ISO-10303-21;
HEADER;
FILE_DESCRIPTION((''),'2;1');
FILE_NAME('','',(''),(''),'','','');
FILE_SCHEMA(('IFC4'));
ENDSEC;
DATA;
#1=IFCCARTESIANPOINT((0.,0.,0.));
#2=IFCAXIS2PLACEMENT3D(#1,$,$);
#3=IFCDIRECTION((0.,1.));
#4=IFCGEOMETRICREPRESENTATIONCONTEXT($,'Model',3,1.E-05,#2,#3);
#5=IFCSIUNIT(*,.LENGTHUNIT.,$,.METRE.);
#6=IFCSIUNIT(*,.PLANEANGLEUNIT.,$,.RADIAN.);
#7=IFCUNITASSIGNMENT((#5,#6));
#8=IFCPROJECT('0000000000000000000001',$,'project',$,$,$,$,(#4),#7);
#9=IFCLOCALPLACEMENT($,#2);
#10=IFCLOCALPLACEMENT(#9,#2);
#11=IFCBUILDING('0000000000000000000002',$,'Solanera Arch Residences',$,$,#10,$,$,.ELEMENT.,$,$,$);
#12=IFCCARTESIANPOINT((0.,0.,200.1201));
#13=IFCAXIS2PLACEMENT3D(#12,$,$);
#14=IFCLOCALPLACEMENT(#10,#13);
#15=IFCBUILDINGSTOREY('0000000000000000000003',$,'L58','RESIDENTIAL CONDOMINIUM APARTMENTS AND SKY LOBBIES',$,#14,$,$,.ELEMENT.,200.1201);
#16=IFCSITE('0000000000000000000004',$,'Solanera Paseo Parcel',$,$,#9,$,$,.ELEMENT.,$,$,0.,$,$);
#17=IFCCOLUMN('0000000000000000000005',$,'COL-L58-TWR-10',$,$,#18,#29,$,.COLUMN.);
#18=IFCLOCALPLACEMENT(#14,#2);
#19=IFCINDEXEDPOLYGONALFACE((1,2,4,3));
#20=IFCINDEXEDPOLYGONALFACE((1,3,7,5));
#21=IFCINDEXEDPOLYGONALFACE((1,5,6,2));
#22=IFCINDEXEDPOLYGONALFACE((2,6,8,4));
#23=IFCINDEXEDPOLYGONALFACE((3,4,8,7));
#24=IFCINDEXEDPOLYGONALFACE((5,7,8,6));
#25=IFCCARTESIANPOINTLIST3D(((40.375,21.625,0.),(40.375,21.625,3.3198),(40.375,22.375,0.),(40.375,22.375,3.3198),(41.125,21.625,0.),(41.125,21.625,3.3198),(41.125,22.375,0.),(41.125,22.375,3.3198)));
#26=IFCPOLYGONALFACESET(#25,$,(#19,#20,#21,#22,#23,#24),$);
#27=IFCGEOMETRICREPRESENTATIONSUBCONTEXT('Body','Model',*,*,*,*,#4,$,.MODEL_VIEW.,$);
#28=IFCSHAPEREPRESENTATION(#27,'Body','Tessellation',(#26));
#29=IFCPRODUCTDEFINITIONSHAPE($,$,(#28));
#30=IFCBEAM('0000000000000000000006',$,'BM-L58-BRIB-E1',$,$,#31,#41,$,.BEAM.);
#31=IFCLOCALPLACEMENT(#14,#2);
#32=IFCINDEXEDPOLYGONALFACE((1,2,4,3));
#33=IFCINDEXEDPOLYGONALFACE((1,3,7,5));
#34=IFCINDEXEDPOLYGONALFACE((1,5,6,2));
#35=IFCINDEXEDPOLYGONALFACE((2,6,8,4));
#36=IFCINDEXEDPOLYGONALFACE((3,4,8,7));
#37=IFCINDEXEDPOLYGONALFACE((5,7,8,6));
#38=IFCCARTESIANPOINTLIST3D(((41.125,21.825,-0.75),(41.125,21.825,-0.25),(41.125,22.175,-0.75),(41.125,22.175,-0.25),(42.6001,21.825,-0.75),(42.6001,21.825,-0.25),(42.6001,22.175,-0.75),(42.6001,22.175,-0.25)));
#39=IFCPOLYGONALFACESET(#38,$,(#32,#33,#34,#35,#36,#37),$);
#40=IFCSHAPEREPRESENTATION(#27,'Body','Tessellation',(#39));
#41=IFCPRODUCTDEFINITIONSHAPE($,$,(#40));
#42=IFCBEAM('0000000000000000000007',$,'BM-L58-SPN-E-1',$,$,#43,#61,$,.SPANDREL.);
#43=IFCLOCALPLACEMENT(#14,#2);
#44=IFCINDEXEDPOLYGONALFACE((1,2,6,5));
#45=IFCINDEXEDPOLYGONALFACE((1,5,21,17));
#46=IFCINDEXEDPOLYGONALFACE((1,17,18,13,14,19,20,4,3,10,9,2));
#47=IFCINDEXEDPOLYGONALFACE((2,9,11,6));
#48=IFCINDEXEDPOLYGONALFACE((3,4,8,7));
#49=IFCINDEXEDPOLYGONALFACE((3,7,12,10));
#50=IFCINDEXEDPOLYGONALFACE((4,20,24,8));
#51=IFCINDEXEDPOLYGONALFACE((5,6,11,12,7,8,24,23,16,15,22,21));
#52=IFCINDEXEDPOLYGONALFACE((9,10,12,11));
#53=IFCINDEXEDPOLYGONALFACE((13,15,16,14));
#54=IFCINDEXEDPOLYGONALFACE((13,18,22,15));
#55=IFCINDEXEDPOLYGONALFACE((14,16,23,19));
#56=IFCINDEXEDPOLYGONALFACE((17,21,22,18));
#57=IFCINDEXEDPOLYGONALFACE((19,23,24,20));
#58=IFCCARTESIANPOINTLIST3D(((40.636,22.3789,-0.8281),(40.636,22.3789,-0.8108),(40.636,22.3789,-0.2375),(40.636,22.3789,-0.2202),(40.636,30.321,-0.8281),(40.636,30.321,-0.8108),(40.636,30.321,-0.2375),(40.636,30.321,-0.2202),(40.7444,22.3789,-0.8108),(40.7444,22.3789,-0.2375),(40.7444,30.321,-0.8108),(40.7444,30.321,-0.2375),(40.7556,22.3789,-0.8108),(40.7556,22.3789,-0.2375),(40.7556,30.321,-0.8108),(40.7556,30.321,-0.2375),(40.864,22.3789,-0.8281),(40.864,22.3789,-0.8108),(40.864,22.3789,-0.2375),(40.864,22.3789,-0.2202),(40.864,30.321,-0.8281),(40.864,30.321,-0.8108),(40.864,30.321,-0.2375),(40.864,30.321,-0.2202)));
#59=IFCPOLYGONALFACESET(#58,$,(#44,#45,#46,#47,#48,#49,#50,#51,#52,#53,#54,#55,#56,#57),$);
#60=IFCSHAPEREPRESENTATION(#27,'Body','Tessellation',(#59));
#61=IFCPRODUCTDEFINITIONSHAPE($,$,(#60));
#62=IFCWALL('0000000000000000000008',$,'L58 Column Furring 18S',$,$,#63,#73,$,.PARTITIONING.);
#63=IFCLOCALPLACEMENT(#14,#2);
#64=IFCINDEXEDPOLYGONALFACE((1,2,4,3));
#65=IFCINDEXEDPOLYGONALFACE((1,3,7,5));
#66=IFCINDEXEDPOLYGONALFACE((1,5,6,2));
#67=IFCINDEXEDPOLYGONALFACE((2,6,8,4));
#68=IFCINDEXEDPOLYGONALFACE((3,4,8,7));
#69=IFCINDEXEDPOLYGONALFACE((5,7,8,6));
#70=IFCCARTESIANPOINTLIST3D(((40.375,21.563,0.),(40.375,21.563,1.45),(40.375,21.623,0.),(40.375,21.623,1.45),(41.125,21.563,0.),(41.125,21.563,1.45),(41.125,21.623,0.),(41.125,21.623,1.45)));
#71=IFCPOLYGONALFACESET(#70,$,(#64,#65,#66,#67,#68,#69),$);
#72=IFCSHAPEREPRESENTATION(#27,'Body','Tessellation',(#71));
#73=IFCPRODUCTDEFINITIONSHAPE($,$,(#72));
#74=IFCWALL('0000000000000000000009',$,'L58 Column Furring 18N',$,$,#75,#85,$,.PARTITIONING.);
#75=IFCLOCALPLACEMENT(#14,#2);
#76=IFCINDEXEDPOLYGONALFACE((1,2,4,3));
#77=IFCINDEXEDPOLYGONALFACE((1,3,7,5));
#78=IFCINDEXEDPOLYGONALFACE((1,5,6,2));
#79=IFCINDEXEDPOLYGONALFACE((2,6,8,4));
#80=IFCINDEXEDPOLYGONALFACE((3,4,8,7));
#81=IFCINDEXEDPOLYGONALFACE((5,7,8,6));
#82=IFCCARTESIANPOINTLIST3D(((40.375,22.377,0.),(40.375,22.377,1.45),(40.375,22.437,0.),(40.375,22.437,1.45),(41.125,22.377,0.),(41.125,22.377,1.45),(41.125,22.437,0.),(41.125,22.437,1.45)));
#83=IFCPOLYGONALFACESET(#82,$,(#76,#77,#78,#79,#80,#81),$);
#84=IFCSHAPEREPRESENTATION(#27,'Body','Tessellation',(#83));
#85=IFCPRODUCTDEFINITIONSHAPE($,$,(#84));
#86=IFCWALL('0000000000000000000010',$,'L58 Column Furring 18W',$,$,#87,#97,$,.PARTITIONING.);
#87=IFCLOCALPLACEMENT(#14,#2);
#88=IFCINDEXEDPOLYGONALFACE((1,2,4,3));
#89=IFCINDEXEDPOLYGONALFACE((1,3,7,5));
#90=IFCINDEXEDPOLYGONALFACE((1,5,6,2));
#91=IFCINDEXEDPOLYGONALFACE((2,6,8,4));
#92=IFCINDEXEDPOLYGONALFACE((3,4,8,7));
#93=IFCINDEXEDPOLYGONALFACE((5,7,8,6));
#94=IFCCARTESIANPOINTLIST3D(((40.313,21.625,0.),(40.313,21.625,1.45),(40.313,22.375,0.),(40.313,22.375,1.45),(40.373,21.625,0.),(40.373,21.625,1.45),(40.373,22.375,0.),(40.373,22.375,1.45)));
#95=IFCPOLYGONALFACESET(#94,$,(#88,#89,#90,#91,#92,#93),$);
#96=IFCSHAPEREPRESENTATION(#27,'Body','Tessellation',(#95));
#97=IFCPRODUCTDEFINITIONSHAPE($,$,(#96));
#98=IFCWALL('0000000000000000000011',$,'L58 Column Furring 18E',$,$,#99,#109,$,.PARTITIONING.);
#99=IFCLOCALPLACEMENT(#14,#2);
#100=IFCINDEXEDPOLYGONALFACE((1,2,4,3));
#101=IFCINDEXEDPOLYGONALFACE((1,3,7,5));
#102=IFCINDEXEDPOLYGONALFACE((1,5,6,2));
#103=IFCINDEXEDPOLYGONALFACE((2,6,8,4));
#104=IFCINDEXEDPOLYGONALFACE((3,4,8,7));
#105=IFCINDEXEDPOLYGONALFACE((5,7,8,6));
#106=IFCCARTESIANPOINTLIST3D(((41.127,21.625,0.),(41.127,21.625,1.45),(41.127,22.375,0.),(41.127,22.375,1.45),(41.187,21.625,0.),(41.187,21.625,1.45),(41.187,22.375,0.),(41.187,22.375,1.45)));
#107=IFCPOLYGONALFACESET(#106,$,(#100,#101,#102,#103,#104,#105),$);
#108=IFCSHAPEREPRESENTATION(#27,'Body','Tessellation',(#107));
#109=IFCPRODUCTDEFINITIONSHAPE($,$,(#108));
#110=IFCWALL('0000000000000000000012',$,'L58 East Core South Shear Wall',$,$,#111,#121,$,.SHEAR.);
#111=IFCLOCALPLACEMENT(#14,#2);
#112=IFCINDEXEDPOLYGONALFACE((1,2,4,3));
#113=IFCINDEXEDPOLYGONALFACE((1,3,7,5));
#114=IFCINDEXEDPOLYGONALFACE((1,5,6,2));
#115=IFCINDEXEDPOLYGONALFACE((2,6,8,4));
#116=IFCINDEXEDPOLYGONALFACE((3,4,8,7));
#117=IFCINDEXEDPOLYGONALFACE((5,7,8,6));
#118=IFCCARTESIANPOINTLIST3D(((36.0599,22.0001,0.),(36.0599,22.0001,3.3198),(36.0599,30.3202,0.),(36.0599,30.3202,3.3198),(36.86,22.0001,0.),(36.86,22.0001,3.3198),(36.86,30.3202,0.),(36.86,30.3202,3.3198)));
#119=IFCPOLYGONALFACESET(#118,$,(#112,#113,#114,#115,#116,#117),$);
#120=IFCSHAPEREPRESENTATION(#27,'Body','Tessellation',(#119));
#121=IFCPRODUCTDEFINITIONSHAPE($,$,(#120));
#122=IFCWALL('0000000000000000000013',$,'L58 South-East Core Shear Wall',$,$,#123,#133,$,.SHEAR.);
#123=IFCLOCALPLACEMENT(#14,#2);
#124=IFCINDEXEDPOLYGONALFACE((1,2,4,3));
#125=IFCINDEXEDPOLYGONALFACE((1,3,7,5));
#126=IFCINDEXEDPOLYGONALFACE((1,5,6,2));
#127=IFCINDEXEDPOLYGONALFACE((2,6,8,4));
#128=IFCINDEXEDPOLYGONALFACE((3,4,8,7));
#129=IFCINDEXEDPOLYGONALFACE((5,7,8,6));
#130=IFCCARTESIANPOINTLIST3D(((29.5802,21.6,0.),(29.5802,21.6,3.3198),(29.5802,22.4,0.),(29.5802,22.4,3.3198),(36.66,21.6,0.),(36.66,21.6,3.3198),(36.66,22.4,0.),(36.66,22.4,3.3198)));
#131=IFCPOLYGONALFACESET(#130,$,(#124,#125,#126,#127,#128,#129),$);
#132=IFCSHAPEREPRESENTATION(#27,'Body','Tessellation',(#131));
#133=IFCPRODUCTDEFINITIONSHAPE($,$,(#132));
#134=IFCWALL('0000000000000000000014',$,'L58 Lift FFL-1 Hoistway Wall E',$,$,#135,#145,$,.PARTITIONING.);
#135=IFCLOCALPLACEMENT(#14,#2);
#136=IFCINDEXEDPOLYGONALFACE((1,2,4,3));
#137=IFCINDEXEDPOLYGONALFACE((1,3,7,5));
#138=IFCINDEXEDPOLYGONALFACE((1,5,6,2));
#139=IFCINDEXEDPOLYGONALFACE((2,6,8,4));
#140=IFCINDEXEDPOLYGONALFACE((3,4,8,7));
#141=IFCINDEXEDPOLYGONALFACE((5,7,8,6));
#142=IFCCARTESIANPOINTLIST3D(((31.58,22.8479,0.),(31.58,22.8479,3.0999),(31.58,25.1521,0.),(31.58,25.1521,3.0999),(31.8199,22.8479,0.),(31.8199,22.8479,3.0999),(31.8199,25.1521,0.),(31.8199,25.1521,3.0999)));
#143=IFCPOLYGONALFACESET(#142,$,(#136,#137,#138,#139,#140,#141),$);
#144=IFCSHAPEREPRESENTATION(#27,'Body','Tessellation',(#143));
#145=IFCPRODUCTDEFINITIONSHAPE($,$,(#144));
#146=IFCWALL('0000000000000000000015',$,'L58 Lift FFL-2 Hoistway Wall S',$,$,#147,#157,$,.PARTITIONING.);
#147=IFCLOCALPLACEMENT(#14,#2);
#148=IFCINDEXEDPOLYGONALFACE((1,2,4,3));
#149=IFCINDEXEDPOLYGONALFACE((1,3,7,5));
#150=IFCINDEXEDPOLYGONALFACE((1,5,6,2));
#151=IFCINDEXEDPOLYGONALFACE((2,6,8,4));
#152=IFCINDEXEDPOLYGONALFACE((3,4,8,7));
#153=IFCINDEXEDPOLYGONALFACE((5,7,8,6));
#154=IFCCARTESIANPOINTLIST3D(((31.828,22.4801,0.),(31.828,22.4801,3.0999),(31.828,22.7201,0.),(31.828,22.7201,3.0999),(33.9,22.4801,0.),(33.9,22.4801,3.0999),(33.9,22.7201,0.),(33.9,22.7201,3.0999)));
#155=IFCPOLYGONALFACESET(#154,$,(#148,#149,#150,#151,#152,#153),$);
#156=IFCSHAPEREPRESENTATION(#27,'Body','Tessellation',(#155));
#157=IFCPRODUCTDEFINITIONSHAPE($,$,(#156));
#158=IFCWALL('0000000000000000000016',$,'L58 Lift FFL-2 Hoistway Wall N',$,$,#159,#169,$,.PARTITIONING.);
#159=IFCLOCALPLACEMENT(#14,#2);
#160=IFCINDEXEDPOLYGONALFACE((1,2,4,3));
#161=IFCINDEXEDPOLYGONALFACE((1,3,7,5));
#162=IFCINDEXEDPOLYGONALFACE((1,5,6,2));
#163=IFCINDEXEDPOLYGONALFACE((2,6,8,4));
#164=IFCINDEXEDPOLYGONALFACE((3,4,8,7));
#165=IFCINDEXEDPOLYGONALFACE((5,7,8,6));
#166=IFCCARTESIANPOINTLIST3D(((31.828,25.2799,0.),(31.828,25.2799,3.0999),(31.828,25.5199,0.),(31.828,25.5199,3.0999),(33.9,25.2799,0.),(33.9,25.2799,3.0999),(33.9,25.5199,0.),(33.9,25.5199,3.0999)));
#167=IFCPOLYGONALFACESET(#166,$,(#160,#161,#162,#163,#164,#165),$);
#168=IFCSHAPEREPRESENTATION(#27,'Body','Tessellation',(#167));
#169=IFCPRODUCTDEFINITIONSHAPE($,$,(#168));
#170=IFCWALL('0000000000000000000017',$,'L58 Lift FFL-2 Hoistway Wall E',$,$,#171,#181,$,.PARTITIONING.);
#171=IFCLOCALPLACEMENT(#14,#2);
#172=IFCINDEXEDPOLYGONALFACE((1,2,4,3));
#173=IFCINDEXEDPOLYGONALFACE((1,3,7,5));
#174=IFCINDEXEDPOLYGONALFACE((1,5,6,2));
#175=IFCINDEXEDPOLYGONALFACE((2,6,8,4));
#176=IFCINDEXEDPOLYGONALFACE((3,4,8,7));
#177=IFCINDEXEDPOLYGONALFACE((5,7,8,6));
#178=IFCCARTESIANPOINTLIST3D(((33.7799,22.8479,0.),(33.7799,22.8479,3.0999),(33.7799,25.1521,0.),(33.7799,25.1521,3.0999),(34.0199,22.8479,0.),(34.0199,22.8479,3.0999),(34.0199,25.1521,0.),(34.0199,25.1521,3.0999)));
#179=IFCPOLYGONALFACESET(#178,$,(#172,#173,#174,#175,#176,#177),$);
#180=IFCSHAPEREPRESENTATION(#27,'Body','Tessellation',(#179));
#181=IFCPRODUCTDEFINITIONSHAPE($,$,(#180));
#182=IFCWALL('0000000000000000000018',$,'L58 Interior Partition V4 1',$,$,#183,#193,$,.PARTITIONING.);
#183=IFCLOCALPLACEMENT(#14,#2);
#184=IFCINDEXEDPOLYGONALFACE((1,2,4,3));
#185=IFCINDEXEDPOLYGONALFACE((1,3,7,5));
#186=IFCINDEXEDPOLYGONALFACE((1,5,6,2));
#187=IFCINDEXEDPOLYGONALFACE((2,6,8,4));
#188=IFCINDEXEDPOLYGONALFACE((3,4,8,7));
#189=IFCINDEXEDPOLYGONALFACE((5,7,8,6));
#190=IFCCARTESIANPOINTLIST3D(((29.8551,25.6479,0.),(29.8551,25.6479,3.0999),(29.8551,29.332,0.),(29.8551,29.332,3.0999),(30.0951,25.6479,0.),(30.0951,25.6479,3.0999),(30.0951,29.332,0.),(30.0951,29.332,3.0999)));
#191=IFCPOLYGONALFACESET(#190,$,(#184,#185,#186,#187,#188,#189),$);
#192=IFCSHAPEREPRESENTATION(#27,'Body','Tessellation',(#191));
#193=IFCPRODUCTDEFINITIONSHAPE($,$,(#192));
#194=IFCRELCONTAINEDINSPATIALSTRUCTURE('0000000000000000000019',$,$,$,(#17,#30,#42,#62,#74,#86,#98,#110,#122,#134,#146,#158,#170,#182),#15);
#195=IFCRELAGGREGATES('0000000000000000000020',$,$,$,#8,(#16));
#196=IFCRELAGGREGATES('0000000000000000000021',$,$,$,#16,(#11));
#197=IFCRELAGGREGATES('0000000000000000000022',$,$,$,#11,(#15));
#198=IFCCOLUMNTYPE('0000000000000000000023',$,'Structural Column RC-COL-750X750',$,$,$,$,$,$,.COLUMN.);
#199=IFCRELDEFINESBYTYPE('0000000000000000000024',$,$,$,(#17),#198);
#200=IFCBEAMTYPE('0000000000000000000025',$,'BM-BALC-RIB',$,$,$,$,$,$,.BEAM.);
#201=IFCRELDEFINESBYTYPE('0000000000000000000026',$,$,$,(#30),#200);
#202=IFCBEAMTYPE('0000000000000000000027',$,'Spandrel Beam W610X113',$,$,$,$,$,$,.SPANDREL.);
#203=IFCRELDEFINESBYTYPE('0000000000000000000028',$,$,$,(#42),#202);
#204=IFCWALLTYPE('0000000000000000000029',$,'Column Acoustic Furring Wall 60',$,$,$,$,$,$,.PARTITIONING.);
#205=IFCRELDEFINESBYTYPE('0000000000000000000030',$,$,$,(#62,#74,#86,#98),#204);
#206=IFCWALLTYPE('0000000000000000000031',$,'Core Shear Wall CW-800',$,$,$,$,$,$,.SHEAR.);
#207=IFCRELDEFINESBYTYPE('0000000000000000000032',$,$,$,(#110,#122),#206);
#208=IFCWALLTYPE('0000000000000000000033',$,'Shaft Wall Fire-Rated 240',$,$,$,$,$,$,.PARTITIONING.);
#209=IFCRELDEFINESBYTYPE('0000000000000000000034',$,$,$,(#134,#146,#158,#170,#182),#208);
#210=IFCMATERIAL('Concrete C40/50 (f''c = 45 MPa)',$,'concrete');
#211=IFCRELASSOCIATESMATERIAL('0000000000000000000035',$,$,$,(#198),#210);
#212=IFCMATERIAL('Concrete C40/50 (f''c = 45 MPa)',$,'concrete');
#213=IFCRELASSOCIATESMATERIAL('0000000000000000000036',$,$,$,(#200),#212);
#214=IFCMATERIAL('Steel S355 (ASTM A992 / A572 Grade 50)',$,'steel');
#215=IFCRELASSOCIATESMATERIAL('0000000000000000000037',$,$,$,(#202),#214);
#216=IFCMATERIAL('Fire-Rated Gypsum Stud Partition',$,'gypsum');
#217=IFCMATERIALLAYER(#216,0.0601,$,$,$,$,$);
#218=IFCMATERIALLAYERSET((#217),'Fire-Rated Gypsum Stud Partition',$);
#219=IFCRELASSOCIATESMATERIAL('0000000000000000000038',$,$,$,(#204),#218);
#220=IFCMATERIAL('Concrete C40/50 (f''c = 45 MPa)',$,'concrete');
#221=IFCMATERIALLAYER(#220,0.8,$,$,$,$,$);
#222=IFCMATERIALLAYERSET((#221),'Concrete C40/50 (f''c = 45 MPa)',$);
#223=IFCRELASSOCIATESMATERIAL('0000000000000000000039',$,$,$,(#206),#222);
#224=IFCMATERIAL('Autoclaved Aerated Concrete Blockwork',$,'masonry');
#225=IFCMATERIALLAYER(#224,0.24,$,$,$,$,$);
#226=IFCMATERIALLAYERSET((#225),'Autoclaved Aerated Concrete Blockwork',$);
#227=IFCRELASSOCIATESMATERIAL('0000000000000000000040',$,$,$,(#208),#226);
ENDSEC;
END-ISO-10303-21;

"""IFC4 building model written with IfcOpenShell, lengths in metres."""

from ifc_helpers import new_model, si_unit, direction, frame, frame_2d, origin, origin_2d, place, context, subcontext, project, spatial, rectangle, i_section, extrude, material, layer, layer_set, material_profile, profile_set, type_object, element, save


model = new_model("IFC4")

# Units and contexts
model_context = context("Model", 3, precision=1e-05, world=origin(), true_north=direction((0.0, 1.0)))
body_context = subcontext(model_context, "Body", "Model", "MODEL_VIEW")
ifc_project = project(units=[si_unit("LENGTHUNIT", "METRE"), si_unit("PLANEANGLEUNIT", "RADIAN")], contexts=[model_context])

# Site, building, storey
site_placement = place(None, origin())
site = spatial("IfcSite", under=ifc_project, at=site_placement, Name="Solanera Paseo Parcel", CompositionType="ELEMENT", RefElevation=0.0)
building_placement = place(site_placement, origin())
building = spatial("IfcBuilding", under=site, at=building_placement, Name="Solanera Arch Residences", CompositionType="ELEMENT")
storey_placement = place(building_placement, frame((0.0, 0.0, 200.1201)))
storey = spatial("IfcBuildingStorey", under=building, at=storey_placement, Name="L58", Description="RESIDENTIAL CONDOMINIUM APARTMENTS AND SKY LOBBIES", CompositionType="ELEMENT", Elevation=200.1201)

# Column
ifc_material_1 = material(Name="Concrete C40/50 (f'c = 45 MPa)", Category="concrete")
ifc_material_profile_1 = material_profile(ifc_material_1, rectangle(XDim=0.75, YDim=0.75, at=origin_2d()))
ifc_profile_set_1 = profile_set([ifc_material_profile_1], Name="Concrete C40/50 (f'c = 45 MPa)")
column_type = type_object("IfcColumnType", Name="Structural Column RC-COL-750X750", PredefinedType="COLUMN", material=ifc_profile_set_1)
column_placement = place(storey_placement, frame((40.75, 22.0, 0.0), z_axis=(0.0, 0.0, 1.0), x_axis=(1.0, 0.0, 0.0)))
element("IfcColumn", 1, at=column_placement, inside=storey, type_object=column_type, Name="COL-L58-TWR-10", PredefinedType="COLUMN", context=body_context, shape_type="SweptSolid", body=[
    extrude(rectangle(XDim=0.75, YDim=0.75, at=origin_2d()), origin(), (0.0, 0.0, 1.0), 3.3198),
])

# Beams
ifc_material_2 = material(Name="Concrete C40/50 (f'c = 45 MPa)", Category="concrete")
ifc_material_profile_2 = material_profile(ifc_material_2, rectangle(XDim=0.3501, YDim=0.5, at=origin_2d()))
ifc_profile_set_2 = profile_set([ifc_material_profile_2], Name="Concrete C40/50 (f'c = 45 MPa)")
beam_type_1 = type_object("IfcBeamType", Name="BM-BALC-RIB", PredefinedType="BEAM", material=ifc_profile_set_2)
beam_1_placement = place(storey_placement, frame((41.125, 22.0, -0.5), z_axis=(1.0, 0.0, 0.0), x_axis=(0.0, 1.0, 0.0)))
element("IfcBeam", 2, at=beam_1_placement, inside=storey, type_object=beam_type_1, Name="BM-L58-BRIB-E1", PredefinedType="BEAM", context=body_context, shape_type="SweptSolid", body=[
    extrude(rectangle(XDim=0.3501, YDim=0.5, at=origin_2d()), origin(), (0.0, 0.0, 1.0), 1.4751),
])
ifc_material_3 = material(Name="Steel S355 (ASTM A992 / A572 Grade 50)", Category="steel")
ifc_material_profile_3 = material_profile(ifc_material_3, i_section(OverallWidth=0.228, OverallDepth=0.6079, WebThickness=0.0112, FlangeThickness=0.0173, at=origin_2d()))
ifc_profile_set_3 = profile_set([ifc_material_profile_3], Name="Steel S355 (ASTM A992 / A572 Grade 50)")
beam_type_2 = type_object("IfcBeamType", Name="Spandrel Beam W610X113", PredefinedType="SPANDREL", material=ifc_profile_set_3)
beam_2_placement = place(storey_placement, frame((40.75, 22.3789, -0.5242), z_axis=(0.0, 1.0, 0.0), x_axis=(-1.0, 0.0, 0.0)))
element("IfcBeam", 3, at=beam_2_placement, inside=storey, type_object=beam_type_2, Name="BM-L58-SPN-E-1", PredefinedType="SPANDREL", context=body_context, shape_type="SweptSolid", body=[
    extrude(i_section(OverallWidth=0.228, OverallDepth=0.6079, WebThickness=0.0112, FlangeThickness=0.0173, at=origin_2d()), origin(), (0.0, 0.0, 1.0), 7.9421),
])

# Walls
ifc_material_4 = material(Name="Fire-Rated Gypsum Stud Partition", Category="gypsum")
ifc_layer_1 = layer(ifc_material_4, 0.0601)
ifc_layer_set_1 = layer_set([ifc_layer_1], Name="Fire-Rated Gypsum Stud Partition")
wall_type_1 = type_object("IfcWallType", Name="Column Acoustic Furring Wall 60", PredefinedType="PARTITIONING", material=ifc_layer_set_1)
for number, where, z_axis, x_axis, name in (
    (4, (40.375, 21.593, 0.0), (0.0, 0.0, 1.0), (1.0, 0.0, 0.0), "L58 Column Furring 18S"),
    (5, (40.375, 22.407, 0.0), (0.0, 0.0, 1.0), (1.0, 0.0, 0.0), "L58 Column Furring 18N"),
    (6, (40.343, 21.625, 0.0), (0.0, 0.0, 1.0), (0.0, 1.0, 0.0), "L58 Column Furring 18W"),
    (7, (41.157, 21.625, 0.0), (0.0, 0.0, 1.0), (0.0, 1.0, 0.0), "L58 Column Furring 18E"),
):
    element("IfcWall", number, at=place(storey_placement, frame(where, z_axis=z_axis, x_axis=x_axis)), inside=storey, type_object=wall_type_1, Name=name, PredefinedType="PARTITIONING", context=body_context, shape_type="SweptSolid", body=[
        extrude(rectangle(XDim=0.75, YDim=0.0601, at=frame_2d((0.375, 0.0))), origin(), (0.0, 0.0, 1.0), 1.45),
    ])
ifc_material_5 = material(Name="Concrete C40/50 (f'c = 45 MPa)", Category="concrete")
ifc_layer_2 = layer(ifc_material_5, 0.8)
ifc_layer_set_2 = layer_set([ifc_layer_2], Name="Concrete C40/50 (f'c = 45 MPa)")
wall_type_2 = type_object("IfcWallType", Name="Core Shear Wall CW-800", PredefinedType="SHEAR", material=ifc_layer_set_2)
wall_1_placement = place(storey_placement, frame((36.46, 22.0, 0.0), z_axis=(0.0, 0.0, 1.0), x_axis=(0.0, 1.0, 0.0)))
element("IfcWall", 8, at=wall_1_placement, inside=storey, type_object=wall_type_2, Name="L58 East Core South Shear Wall", PredefinedType="SHEAR", context=body_context, shape_type="SweptSolid", body=[
    extrude(rectangle(XDim=8.3201, YDim=0.8, at=frame_2d((4.1602, 0.0))), origin(), (0.0, 0.0, 1.0), 3.3198),
])
wall_2_placement = place(storey_placement, frame((29.5801, 22.0, 0.0), z_axis=(0.0, 0.0, 1.0), x_axis=(1.0, 0.0, 0.0)))
element("IfcWall", 9, at=wall_2_placement, inside=storey, type_object=wall_type_2, Name="L58 South-East Core Shear Wall", PredefinedType="SHEAR", context=body_context, shape_type="SweptSolid", body=[
    extrude(rectangle(XDim=7.0798, YDim=0.8, at=frame_2d((3.54, 0.0))), origin(), (0.0, 0.0, 1.0), 3.3198),
])
ifc_material_6 = material(Name="Autoclaved Aerated Concrete Blockwork", Category="masonry")
ifc_layer_3 = layer(ifc_material_6, 0.24)
ifc_layer_set_3 = layer_set([ifc_layer_3], Name="Autoclaved Aerated Concrete Blockwork")
wall_type_3 = type_object("IfcWallType", Name="Shaft Wall Fire-Rated 240", PredefinedType="PARTITIONING", material=ifc_layer_set_3)
wall_3_placement = place(storey_placement, frame((31.7, 22.8479, 0.0), z_axis=(0.0, 0.0, 1.0), x_axis=(0.0, 1.0, 0.0)))
element("IfcWall", 10, at=wall_3_placement, inside=storey, type_object=wall_type_3, Name="L58 Lift FFL-1 Hoistway Wall E", PredefinedType="PARTITIONING", context=body_context, shape_type="SweptSolid", body=[
    extrude(rectangle(XDim=2.3042, YDim=0.24, at=frame_2d((1.1521, 0.0))), origin(), (0.0, 0.0, 1.0), 3.0999),
])
for number, where, z_axis, x_axis, name in (
    (11, (31.8279, 22.6001, 0.0), (0.0, 0.0, 1.0), (1.0, 0.0, 0.0), "L58 Lift FFL-2 Hoistway Wall S"),
    (12, (31.8279, 25.3999, 0.0), (0.0, 0.0, 1.0), (1.0, 0.0, 0.0), "L58 Lift FFL-2 Hoistway Wall N"),
):
    element("IfcWall", number, at=place(storey_placement, frame(where, z_axis=z_axis, x_axis=x_axis)), inside=storey, type_object=wall_type_3, Name=name, PredefinedType="PARTITIONING", context=body_context, shape_type="SweptSolid", body=[
        extrude(rectangle(XDim=2.072, YDim=0.24, at=frame_2d((1.0361, 0.0))), origin(), (0.0, 0.0, 1.0), 3.0999),
    ])
wall_4_placement = place(storey_placement, frame((33.8999, 22.8479, 0.0), z_axis=(0.0, 0.0, 1.0), x_axis=(0.0, 1.0, 0.0)))
element("IfcWall", 13, at=wall_4_placement, inside=storey, type_object=wall_type_3, Name="L58 Lift FFL-2 Hoistway Wall E", PredefinedType="PARTITIONING", context=body_context, shape_type="SweptSolid", body=[
    extrude(rectangle(XDim=2.3042, YDim=0.24, at=frame_2d((1.1521, 0.0))), origin(), (0.0, 0.0, 1.0), 3.0999),
])
wall_5_placement = place(storey_placement, frame((29.9751, 25.6479, 0.0), z_axis=(0.0, 0.0, 1.0), x_axis=(0.0, 1.0, 0.0)))
element("IfcWall", 14, at=wall_5_placement, inside=storey, type_object=wall_type_3, Name="L58 Interior Partition V4 1", PredefinedType="PARTITIONING", context=body_context, shape_type="SweptSolid", body=[
    extrude(rectangle(XDim=3.6841, YDim=0.24, at=frame_2d((1.842, 0.0))), origin(), (0.0, 0.0, 1.0), 3.0999),
])

save(model, "model.ifc")
